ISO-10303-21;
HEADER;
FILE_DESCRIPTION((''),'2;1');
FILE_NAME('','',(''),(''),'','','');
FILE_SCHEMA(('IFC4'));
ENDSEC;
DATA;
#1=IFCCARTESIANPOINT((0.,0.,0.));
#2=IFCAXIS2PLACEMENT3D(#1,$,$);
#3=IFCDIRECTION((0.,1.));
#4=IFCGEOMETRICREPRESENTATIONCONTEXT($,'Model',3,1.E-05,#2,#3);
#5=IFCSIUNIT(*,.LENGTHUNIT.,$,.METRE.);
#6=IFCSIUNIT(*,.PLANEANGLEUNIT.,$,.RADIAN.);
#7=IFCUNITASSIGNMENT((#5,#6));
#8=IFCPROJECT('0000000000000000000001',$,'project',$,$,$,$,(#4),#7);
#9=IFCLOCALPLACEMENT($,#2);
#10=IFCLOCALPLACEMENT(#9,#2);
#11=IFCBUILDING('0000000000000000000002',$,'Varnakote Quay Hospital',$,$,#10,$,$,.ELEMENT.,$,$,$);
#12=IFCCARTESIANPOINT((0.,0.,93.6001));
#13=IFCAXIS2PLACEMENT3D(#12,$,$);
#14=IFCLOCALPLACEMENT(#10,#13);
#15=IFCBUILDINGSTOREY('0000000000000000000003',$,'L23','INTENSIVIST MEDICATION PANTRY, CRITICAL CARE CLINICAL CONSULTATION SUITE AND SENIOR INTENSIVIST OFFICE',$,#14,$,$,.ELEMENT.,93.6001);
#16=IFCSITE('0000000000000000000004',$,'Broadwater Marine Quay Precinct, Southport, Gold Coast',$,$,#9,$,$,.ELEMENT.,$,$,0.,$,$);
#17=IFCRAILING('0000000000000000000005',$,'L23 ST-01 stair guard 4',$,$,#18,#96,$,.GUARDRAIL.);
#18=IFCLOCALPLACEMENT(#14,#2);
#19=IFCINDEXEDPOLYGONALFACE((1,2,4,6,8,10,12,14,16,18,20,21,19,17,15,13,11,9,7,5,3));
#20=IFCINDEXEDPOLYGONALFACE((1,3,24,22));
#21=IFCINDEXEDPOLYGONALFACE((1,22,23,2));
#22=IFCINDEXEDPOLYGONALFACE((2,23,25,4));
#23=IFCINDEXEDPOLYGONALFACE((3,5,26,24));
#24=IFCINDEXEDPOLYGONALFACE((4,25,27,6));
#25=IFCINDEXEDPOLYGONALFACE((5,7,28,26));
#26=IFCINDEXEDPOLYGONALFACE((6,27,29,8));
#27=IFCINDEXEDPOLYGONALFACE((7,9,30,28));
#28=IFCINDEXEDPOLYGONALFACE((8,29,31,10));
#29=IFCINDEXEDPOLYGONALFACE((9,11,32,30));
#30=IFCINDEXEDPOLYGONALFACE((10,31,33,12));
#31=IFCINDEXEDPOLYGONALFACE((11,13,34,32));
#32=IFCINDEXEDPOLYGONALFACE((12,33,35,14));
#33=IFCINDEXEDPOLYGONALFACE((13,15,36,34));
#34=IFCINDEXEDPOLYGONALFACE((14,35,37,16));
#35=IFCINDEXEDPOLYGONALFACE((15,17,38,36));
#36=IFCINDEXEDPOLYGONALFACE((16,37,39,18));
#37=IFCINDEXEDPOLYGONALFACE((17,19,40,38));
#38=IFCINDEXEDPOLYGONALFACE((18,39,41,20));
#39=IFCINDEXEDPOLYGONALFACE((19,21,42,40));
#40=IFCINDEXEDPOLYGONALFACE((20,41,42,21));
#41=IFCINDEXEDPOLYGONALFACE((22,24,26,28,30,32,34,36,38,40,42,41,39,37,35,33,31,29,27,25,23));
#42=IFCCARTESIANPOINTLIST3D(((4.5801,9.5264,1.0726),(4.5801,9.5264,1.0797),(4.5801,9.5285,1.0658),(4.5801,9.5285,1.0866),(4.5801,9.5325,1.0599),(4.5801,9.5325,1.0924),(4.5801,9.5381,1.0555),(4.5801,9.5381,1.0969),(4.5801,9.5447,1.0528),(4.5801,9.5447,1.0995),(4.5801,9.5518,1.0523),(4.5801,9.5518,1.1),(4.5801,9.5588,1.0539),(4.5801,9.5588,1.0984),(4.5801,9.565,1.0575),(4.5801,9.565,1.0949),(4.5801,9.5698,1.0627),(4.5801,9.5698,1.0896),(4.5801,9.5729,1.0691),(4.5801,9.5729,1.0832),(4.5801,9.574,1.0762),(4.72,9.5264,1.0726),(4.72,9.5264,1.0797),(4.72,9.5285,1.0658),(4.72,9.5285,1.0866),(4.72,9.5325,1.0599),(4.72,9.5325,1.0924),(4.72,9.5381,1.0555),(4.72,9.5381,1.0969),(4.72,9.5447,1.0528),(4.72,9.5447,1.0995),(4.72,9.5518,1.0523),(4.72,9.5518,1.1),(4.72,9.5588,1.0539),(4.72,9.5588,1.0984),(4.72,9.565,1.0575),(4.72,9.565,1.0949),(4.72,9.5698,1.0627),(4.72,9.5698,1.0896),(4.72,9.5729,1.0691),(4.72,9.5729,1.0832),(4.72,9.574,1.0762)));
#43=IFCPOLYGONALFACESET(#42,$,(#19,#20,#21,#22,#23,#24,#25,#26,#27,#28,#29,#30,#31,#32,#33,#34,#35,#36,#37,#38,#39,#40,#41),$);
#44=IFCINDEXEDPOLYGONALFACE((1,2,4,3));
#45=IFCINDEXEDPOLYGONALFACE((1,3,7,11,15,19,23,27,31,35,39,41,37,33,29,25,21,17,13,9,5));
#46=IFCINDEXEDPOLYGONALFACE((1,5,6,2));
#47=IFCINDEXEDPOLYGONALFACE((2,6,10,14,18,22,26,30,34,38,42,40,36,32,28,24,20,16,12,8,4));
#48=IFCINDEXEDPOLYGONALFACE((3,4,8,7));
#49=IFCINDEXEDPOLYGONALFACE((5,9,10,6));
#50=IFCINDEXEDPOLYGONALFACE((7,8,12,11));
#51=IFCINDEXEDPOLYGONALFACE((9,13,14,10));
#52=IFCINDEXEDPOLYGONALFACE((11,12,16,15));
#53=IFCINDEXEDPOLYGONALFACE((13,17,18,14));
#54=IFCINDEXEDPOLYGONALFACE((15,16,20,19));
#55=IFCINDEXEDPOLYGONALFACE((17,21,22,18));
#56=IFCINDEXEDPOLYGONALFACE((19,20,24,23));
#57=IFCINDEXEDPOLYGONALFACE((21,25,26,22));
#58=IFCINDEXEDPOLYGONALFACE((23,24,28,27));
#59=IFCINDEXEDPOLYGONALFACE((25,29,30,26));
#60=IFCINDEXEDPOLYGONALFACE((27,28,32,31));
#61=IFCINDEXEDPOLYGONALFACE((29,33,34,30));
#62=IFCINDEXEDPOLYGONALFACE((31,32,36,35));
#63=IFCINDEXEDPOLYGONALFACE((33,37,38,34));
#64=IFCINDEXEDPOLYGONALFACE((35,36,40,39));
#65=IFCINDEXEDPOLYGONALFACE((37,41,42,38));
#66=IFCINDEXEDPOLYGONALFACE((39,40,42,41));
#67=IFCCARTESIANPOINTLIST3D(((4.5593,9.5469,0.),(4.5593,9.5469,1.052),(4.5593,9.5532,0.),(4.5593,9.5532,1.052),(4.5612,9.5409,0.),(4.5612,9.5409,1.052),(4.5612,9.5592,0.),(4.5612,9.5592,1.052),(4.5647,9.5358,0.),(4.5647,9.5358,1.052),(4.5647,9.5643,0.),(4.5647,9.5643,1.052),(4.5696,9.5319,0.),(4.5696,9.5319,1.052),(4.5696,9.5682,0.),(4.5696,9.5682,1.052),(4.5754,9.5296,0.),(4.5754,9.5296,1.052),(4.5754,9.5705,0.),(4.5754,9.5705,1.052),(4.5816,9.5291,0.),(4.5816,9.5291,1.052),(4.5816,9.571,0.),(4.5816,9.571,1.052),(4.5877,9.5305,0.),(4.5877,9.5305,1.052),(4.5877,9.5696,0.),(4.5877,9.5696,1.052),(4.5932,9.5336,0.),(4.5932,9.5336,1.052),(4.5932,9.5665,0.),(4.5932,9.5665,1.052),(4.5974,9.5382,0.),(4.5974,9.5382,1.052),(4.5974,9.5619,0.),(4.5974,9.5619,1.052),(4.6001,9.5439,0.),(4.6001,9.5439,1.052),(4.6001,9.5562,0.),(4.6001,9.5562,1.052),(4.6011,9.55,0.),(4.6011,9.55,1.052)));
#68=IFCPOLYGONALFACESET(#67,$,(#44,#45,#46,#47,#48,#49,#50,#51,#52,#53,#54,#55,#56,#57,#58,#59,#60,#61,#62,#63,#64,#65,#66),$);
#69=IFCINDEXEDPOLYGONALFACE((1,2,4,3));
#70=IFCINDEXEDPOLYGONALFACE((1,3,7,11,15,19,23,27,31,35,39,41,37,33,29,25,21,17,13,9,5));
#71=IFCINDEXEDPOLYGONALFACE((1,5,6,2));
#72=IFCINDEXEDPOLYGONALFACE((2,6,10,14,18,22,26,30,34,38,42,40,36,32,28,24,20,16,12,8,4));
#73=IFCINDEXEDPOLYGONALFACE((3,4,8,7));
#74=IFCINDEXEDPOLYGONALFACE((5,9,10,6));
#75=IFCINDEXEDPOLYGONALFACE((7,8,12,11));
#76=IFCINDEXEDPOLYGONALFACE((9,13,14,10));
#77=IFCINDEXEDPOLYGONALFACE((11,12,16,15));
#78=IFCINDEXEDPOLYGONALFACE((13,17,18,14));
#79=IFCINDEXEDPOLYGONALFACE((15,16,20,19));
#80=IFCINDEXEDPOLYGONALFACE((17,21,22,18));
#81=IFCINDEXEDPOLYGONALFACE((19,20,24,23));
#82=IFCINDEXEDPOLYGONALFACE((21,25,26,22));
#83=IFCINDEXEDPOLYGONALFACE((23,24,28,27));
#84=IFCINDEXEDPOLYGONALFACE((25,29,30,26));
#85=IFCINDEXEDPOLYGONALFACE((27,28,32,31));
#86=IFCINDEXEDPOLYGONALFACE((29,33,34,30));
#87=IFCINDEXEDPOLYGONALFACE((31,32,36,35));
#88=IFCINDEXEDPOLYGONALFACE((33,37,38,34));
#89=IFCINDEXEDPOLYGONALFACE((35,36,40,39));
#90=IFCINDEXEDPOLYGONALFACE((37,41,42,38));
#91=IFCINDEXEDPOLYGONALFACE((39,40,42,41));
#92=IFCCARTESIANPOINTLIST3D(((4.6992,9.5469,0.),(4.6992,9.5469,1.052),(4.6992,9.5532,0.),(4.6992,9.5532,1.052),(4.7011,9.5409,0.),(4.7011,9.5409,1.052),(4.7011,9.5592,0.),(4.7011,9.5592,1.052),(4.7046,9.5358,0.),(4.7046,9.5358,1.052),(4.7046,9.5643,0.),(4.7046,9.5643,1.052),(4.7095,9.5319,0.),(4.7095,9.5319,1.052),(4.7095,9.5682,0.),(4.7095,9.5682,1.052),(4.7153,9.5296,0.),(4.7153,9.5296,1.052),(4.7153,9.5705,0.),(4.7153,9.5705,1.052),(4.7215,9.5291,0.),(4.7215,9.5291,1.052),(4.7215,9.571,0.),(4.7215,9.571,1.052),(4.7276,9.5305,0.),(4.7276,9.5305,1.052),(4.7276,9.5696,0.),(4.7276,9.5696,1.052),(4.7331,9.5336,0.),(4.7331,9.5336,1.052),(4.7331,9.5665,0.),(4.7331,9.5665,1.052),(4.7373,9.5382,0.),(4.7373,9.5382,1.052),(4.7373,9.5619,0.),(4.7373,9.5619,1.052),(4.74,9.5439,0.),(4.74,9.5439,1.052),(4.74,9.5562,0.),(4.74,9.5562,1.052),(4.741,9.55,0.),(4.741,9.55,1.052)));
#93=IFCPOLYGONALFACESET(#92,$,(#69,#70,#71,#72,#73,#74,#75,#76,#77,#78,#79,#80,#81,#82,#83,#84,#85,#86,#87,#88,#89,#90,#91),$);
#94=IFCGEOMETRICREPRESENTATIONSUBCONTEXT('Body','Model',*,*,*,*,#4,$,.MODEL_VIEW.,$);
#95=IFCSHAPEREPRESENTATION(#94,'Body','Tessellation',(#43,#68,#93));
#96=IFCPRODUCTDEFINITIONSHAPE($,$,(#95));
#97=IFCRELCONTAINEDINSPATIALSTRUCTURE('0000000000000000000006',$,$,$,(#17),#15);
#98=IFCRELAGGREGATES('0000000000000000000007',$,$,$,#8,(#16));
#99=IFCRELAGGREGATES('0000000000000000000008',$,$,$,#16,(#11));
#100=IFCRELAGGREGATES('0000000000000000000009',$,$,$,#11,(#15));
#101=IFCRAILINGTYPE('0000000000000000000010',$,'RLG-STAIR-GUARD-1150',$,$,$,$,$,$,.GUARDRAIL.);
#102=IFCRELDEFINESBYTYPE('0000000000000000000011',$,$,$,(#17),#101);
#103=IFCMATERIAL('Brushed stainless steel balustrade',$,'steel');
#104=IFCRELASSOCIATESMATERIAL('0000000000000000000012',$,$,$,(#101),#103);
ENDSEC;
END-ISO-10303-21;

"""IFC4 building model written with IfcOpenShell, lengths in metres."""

from ifc_helpers import new_model, si_unit, direction, frame, origin, origin_2d, place, context, subcontext, project, spatial, circle, extrude, material, type_object, element, save


model = new_model("IFC4")

# Units and contexts
model_context = context("Model", 3, precision=1e-05, world=origin(), true_north=direction((0.0, 1.0)))
body_context = subcontext(model_context, "Body", "Model", "MODEL_VIEW")
ifc_project = project(units=[si_unit("LENGTHUNIT", "METRE"), si_unit("PLANEANGLEUNIT", "RADIAN")], contexts=[model_context])

# Site, building, storey
site_placement = place(None, origin())
site = spatial("IfcSite", under=ifc_project, at=site_placement, Name="Broadwater Marine Quay Precinct, Southport, Gold Coast", CompositionType="ELEMENT", RefElevation=0.0)
building_placement = place(site_placement, origin())
building = spatial("IfcBuilding", under=site, at=building_placement, Name="Varnakote Quay Hospital", CompositionType="ELEMENT")
storey_placement = place(building_placement, frame((0.0, 0.0, 93.6001)))
storey = spatial("IfcBuildingStorey", under=building, at=storey_placement, Name="L23", Description="INTENSIVIST MEDICATION PANTRY, CRITICAL CARE CLINICAL CONSULTATION SUITE AND SENIOR INTENSIVIST OFFICE", CompositionType="ELEMENT", Elevation=93.6001)

# Railing
ifc_material_1 = material(Name="Brushed stainless steel balustrade", Category="steel")
railing_type_1 = type_object("IfcRailingType", Name="RLG-STAIR-GUARD-1150", PredefinedType="GUARDRAIL", material=ifc_material_1)
railing_1_placement = place(storey_placement, frame((4.5801, 9.55, 0.0)))
element("IfcRailing", 1, at=railing_1_placement, inside=storey, type_object=railing_type_1, Name="L23 ST-01 stair guard 4", PredefinedType="GUARDRAIL", context=body_context, shape_type="SweptSolid", body=[
    extrude(circle(Radius=0.0239, at=origin_2d()), frame((0.0, 0.0, 1.0762), z_axis=(1.0, 0.0, 0.0), x_axis=(0.0, 1.0, 0.0)), (0.0, 0.0, 1.0), 0.1399),
    extrude(circle(Radius=0.021, at=origin_2d()), origin(), (0.0, 0.0, 1.0), 1.052),
    extrude(circle(Radius=0.021, at=origin_2d()), frame((0.1399, 0.0, 0.0)), (0.0, 0.0, 1.0), 1.052),
])

save(model, "model.ifc")
